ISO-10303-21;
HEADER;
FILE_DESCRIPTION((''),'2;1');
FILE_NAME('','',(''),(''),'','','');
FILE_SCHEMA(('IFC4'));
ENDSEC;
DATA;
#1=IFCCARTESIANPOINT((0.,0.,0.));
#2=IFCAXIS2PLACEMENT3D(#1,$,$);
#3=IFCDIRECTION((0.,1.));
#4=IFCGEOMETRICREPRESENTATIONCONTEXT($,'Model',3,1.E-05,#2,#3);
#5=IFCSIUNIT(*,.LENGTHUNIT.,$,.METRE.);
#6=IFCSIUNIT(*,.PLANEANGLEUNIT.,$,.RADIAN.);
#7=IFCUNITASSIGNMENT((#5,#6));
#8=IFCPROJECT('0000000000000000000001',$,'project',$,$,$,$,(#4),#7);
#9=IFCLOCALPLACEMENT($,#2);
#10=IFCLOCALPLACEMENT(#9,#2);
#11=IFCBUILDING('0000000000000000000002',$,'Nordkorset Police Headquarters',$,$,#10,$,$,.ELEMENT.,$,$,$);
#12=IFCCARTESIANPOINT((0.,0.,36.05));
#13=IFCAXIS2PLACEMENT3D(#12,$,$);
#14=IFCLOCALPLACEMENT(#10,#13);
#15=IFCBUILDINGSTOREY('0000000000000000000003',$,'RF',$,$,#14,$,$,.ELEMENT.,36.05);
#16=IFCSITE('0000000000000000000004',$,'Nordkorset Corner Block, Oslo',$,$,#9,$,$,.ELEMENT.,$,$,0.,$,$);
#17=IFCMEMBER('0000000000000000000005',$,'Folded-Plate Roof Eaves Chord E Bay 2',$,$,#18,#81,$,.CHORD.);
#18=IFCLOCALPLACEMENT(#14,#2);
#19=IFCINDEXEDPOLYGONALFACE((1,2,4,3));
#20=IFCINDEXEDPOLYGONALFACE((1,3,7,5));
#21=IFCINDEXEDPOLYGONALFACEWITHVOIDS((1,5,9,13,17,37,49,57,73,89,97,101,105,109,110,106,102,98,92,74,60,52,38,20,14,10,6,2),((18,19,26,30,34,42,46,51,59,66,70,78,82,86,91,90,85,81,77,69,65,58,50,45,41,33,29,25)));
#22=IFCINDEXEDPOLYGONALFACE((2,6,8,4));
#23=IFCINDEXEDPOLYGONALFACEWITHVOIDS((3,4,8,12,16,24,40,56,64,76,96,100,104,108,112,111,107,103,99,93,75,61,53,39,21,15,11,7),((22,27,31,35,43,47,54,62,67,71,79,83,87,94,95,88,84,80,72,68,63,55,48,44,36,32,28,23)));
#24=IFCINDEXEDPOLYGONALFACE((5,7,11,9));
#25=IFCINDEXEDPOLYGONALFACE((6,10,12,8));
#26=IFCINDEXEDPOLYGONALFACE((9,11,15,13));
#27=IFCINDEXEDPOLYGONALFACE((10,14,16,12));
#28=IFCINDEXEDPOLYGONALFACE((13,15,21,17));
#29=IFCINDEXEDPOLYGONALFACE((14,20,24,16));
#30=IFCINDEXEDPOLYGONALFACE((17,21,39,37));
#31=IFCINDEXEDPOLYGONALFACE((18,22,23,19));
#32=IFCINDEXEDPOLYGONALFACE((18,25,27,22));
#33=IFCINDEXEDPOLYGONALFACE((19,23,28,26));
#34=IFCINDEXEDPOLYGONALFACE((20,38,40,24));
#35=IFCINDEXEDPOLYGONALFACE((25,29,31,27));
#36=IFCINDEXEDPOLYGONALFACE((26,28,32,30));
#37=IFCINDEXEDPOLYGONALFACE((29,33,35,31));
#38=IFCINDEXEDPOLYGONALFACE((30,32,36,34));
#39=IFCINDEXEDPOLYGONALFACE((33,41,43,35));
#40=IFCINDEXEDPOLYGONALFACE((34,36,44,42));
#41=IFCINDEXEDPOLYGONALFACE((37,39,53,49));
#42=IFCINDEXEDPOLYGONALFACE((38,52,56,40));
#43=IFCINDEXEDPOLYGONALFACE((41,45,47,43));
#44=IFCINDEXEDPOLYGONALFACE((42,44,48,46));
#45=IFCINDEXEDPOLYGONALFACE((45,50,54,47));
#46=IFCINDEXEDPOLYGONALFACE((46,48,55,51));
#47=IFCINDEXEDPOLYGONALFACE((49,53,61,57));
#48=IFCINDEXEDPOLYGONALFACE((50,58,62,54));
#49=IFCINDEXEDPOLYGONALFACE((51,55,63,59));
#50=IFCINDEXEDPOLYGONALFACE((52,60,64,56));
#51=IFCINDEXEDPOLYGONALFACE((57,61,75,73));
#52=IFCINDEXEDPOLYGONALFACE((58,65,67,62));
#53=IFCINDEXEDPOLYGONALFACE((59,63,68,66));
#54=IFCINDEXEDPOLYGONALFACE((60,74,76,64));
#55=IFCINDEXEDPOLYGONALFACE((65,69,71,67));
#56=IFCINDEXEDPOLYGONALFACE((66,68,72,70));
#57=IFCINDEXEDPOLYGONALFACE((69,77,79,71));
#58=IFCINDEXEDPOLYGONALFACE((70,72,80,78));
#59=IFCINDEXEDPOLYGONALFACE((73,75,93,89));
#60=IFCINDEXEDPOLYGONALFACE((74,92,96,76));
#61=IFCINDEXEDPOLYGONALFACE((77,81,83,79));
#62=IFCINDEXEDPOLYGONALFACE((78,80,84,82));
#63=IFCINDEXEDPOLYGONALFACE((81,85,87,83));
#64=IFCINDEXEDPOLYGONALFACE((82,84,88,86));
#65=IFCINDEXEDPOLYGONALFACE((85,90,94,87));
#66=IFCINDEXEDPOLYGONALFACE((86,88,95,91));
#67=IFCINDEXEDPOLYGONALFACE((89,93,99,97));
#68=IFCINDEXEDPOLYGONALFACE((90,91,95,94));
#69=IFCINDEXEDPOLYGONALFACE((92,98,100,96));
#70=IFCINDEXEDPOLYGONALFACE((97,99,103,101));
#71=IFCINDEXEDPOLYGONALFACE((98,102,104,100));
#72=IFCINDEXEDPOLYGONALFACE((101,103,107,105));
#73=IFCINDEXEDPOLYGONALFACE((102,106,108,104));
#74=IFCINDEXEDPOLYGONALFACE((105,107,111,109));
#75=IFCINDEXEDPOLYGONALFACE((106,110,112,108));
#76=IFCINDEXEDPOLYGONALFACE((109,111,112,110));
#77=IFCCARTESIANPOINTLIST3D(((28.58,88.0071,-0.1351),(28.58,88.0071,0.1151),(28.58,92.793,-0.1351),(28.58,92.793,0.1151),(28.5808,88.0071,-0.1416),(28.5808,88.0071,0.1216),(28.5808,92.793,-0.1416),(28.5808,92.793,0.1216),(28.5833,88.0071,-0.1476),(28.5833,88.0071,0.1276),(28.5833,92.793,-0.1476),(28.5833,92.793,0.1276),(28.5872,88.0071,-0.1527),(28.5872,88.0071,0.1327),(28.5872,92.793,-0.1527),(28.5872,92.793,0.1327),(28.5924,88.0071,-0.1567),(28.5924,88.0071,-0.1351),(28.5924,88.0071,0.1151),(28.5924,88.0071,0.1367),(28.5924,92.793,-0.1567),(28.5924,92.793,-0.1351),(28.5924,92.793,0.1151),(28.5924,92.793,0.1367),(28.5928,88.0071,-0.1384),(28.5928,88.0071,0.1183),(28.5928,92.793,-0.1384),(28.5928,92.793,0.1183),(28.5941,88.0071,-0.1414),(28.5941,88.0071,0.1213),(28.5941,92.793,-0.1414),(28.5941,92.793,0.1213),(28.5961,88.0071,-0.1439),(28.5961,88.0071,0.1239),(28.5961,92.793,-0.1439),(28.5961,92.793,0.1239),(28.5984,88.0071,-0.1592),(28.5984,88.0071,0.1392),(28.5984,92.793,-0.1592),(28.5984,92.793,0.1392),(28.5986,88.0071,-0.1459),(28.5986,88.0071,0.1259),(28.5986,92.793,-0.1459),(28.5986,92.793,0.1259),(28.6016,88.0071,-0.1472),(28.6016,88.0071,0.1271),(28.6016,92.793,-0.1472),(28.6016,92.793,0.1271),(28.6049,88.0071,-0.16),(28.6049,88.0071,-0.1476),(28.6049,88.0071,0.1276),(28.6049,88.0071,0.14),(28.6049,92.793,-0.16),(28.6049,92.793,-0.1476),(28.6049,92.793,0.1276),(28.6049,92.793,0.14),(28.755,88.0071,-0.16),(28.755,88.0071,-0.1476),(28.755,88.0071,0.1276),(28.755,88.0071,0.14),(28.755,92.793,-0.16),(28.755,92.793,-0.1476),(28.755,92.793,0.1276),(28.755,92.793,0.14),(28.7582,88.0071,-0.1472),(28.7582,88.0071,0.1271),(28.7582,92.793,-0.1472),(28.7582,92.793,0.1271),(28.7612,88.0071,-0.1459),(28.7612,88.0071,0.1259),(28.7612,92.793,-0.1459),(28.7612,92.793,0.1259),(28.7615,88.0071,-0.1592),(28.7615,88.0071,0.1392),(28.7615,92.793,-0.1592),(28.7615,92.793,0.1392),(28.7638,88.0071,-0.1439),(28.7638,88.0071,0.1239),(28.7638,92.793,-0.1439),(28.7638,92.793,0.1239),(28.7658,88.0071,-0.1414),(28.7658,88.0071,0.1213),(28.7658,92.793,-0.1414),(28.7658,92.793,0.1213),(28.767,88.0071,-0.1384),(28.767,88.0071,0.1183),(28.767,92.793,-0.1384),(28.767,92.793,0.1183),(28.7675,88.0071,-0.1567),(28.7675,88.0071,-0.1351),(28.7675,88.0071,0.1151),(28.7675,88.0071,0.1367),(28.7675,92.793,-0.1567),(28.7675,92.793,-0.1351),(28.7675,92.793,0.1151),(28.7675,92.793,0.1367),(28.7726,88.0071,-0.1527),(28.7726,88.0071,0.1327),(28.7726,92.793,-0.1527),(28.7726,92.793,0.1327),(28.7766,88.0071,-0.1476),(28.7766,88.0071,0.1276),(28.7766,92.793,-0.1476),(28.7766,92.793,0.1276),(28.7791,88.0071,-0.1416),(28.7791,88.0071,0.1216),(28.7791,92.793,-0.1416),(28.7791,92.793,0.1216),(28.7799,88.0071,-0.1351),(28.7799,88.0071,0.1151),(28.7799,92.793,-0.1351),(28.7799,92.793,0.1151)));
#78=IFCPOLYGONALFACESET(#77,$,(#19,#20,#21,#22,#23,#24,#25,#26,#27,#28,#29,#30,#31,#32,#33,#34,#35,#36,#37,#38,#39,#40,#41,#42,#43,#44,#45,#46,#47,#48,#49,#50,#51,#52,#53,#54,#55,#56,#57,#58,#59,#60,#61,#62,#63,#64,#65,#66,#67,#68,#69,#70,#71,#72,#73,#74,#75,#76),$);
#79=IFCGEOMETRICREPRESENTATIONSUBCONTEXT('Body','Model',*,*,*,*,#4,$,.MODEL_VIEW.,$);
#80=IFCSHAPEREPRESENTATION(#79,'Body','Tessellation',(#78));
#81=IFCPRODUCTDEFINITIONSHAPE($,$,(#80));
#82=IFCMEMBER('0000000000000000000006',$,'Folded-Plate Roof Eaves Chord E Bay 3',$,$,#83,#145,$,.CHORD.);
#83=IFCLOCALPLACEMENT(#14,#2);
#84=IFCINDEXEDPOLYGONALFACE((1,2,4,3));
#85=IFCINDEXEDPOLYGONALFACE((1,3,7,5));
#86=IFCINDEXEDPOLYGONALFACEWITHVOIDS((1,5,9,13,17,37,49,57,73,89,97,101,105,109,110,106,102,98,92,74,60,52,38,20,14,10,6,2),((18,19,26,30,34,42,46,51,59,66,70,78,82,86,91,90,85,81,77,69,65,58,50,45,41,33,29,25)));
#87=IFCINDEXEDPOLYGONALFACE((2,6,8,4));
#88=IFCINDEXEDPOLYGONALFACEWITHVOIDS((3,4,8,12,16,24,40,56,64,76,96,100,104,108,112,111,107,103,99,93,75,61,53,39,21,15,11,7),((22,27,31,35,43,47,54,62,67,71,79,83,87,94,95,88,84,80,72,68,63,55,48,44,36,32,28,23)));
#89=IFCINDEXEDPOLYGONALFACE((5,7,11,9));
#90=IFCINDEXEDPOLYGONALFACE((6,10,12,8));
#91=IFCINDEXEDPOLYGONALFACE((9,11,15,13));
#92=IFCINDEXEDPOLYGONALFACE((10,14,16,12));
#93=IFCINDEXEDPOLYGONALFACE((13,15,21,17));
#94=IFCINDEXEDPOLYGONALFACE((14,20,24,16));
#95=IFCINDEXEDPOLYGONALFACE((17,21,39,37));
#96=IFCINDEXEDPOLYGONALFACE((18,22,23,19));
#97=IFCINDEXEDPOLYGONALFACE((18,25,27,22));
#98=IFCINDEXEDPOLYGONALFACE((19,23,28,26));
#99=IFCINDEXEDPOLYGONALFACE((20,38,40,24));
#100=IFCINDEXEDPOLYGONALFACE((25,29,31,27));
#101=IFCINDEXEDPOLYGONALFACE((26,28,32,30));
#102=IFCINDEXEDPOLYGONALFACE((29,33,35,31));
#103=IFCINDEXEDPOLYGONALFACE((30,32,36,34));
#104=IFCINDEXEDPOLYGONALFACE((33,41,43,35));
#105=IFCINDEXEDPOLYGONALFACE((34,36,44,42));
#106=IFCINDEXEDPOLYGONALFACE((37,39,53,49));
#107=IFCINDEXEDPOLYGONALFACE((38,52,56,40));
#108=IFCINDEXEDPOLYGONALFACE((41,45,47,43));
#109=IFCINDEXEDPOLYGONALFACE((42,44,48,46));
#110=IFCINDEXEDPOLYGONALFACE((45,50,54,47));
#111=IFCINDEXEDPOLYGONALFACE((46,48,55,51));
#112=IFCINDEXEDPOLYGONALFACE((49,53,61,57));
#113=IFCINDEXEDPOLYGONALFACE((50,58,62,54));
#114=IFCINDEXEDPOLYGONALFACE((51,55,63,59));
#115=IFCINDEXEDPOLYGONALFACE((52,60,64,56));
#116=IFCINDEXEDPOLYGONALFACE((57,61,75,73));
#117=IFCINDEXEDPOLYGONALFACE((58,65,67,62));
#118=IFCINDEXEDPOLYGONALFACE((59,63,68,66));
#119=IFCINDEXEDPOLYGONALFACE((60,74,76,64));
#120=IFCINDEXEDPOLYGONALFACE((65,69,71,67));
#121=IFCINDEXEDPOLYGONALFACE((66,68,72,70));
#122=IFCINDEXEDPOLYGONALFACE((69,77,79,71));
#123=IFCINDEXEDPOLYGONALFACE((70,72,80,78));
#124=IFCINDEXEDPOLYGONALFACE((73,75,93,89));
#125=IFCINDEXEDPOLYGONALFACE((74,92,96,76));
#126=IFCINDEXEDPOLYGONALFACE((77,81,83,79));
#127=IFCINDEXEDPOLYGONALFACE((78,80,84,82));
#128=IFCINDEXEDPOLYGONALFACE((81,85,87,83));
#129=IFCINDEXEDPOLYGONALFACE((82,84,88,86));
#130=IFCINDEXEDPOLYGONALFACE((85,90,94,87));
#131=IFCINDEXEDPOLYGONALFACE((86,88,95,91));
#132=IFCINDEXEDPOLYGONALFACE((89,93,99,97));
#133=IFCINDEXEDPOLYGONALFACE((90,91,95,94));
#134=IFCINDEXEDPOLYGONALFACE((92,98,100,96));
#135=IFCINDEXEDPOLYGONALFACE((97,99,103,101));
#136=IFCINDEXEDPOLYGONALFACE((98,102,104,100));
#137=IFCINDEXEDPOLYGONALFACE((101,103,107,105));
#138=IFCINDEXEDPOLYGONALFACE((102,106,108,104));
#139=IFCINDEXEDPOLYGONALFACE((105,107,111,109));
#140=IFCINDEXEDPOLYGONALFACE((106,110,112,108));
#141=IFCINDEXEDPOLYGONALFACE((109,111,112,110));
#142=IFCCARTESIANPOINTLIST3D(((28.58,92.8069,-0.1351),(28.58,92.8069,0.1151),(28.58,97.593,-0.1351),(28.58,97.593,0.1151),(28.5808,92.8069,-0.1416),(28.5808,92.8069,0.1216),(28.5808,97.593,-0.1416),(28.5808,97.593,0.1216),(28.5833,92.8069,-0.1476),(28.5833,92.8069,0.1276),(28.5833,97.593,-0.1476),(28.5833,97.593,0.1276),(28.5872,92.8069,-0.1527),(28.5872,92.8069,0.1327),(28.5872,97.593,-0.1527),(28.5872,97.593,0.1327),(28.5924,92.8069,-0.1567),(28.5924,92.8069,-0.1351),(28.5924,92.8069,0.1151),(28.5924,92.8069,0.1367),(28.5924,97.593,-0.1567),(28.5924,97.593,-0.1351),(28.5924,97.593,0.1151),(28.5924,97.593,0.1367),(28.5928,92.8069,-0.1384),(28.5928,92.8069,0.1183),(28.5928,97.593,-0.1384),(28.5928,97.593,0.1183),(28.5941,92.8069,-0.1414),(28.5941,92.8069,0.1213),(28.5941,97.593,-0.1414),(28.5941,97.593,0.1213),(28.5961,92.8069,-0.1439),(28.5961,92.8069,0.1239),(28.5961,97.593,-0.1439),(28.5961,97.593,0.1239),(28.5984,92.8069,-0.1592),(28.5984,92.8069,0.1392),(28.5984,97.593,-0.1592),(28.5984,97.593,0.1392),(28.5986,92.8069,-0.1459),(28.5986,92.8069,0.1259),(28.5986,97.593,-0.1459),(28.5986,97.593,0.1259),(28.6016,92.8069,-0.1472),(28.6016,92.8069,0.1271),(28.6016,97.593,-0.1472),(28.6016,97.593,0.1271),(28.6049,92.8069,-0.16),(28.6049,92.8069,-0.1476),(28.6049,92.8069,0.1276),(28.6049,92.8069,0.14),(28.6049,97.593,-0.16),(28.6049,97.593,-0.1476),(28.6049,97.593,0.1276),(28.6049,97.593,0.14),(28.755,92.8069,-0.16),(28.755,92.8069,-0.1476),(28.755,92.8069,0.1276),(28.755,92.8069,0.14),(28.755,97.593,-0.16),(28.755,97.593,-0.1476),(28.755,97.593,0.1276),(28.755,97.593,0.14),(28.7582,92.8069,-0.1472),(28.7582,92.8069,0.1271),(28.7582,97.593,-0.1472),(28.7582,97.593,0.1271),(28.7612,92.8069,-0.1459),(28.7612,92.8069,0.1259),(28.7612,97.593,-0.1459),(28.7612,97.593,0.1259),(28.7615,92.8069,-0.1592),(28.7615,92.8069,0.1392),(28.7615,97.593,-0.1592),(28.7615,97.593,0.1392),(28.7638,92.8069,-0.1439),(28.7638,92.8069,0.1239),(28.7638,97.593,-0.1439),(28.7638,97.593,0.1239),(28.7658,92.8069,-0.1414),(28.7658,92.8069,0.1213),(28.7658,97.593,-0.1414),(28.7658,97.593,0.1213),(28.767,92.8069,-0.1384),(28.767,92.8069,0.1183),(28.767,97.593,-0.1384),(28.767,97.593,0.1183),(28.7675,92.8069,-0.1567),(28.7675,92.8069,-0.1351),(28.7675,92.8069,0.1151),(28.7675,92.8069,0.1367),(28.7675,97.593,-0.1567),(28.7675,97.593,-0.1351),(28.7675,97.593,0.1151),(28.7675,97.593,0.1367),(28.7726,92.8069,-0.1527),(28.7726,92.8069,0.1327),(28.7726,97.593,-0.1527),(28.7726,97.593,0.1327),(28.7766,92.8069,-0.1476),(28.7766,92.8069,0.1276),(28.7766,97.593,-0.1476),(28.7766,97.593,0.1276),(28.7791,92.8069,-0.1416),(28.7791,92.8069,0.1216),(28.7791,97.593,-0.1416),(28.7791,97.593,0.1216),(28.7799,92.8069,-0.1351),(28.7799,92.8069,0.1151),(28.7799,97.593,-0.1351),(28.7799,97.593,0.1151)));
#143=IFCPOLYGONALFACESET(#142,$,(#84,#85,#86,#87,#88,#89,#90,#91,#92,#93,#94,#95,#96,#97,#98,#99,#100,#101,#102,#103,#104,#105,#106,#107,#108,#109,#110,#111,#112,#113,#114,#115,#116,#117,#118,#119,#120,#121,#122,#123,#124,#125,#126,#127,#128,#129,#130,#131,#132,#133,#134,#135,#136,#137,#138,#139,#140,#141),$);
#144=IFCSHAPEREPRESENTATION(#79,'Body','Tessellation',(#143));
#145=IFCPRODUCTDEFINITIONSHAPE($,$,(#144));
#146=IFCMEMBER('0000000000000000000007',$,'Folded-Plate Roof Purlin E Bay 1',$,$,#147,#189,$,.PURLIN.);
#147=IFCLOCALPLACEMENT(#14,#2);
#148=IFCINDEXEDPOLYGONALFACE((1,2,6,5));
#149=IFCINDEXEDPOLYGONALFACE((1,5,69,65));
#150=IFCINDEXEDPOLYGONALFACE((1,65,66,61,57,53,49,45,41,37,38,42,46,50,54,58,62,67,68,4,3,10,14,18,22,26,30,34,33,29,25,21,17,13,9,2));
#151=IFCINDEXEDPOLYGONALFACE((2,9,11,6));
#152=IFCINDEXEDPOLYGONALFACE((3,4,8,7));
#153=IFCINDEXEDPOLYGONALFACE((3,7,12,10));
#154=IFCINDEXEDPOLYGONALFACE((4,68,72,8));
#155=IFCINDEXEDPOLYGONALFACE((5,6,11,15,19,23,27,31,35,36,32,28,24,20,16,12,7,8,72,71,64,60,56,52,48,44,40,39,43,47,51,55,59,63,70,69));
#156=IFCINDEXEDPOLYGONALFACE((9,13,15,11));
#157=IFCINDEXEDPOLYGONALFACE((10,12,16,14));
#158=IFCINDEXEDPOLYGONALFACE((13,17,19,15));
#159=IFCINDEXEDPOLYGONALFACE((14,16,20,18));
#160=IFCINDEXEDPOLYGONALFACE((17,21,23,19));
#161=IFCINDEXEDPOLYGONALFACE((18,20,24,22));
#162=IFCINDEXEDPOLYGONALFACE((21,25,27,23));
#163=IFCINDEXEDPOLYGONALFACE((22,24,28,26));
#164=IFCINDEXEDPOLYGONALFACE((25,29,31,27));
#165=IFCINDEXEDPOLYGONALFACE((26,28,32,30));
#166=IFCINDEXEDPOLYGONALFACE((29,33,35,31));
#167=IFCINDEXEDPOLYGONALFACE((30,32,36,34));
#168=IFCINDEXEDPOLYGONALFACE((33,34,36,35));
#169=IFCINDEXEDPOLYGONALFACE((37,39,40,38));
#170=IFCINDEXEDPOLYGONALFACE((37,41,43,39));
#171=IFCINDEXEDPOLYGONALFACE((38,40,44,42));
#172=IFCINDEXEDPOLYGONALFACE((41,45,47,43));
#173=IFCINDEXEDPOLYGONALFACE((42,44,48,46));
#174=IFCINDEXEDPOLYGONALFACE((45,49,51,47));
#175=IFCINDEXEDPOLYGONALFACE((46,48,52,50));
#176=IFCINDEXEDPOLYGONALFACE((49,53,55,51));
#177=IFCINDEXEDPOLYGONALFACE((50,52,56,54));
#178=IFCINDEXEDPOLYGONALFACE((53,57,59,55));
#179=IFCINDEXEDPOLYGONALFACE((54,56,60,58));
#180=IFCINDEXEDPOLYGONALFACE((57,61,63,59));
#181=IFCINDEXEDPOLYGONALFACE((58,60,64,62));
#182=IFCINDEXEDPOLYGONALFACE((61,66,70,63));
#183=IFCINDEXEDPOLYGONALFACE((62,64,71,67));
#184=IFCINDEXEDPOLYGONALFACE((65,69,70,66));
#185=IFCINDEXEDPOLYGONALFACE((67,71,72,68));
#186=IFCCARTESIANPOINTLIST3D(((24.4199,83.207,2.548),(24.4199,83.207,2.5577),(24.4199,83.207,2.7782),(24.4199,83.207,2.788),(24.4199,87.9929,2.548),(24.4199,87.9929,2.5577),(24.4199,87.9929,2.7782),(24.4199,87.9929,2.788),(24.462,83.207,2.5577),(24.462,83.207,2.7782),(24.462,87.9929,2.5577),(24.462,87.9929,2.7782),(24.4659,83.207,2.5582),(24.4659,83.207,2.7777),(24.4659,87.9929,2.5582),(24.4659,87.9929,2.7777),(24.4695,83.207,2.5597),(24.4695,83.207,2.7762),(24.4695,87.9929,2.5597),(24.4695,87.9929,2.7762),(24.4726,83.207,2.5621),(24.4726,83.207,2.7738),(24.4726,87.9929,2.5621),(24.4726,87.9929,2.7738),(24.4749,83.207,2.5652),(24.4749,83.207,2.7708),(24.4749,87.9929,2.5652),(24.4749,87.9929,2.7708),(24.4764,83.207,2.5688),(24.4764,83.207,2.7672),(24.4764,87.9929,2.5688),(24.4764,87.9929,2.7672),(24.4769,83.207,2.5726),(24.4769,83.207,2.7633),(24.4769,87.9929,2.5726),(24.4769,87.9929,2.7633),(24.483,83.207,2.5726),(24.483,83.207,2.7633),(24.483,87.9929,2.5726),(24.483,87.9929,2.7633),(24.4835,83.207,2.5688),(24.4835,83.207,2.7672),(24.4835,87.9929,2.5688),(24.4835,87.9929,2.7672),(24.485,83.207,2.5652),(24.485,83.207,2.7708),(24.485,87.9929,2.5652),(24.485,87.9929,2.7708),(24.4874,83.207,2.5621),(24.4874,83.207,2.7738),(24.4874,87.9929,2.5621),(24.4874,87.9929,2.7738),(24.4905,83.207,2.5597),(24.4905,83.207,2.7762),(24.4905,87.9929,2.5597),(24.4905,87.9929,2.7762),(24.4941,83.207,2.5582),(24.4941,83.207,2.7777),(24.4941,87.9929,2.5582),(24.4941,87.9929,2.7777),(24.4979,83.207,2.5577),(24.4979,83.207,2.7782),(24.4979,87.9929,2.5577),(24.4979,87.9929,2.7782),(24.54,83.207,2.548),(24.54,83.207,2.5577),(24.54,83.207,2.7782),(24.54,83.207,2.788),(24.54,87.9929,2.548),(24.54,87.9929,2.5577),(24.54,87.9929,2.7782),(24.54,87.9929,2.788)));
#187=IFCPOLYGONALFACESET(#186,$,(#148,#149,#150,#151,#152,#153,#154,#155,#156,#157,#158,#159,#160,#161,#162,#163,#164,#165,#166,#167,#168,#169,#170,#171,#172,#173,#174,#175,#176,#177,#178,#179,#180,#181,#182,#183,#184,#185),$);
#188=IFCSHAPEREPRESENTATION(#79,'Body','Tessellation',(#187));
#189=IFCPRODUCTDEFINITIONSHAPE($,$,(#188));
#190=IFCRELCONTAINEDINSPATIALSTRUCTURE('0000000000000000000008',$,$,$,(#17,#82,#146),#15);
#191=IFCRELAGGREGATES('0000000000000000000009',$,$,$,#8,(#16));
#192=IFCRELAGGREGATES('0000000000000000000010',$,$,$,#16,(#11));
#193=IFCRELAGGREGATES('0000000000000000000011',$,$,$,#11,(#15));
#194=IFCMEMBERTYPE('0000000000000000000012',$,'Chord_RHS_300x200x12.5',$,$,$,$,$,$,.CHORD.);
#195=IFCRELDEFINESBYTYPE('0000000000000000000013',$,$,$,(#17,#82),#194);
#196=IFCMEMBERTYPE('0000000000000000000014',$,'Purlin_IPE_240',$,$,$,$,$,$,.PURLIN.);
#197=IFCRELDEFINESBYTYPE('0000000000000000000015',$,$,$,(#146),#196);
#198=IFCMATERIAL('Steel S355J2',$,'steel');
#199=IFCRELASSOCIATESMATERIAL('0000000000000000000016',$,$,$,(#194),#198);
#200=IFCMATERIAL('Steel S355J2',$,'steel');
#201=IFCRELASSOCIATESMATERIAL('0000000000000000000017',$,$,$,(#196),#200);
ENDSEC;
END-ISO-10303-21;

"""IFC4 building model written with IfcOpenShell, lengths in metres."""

from ifc_helpers import new_model, si_unit, direction, frame, origin, origin_2d, place, context, subcontext, project, spatial, hollow_rectangle, i_section, extrude, material, material_profile, profile_set, type_object, element, save


model = new_model("IFC4")

# Units and contexts
model_context = context("Model", 3, precision=1e-05, world=origin(), true_north=direction((0.0, 1.0)))
body_context = subcontext(model_context, "Body", "Model", "MODEL_VIEW")
ifc_project = project(units=[si_unit("LENGTHUNIT", "METRE"), si_unit("PLANEANGLEUNIT", "RADIAN")], contexts=[model_context])

# Site, building, storey
site_placement = place(None, origin())
site = spatial("IfcSite", under=ifc_project, at=site_placement, Name="Nordkorset Corner Block, Oslo", CompositionType="ELEMENT", RefElevation=0.0)
building_placement = place(site_placement, origin())
building = spatial("IfcBuilding", under=site, at=building_placement, Name="Nordkorset Police Headquarters", CompositionType="ELEMENT")
storey_placement = place(building_placement, frame((0.0, 0.0, 36.05)))
storey = spatial("IfcBuildingStorey", under=building, at=storey_placement, Name="RF", CompositionType="ELEMENT", Elevation=36.05)

# Members
ifc_material_1 = material(Name="Steel S355J2", Category="steel")
ifc_material_profile_1 = material_profile(ifc_material_1, hollow_rectangle(XDim=0.2, YDim=0.3, WallThickness=0.0125, InnerFilletRadius=0.0125, OuterFilletRadius=0.0249, at=origin_2d()), Name="RHS 300x200x12.5")
ifc_profile_set_1 = profile_set([ifc_material_profile_1], Name="Steel S355J2")
member_type_1 = type_object("IfcMemberType", Name="Chord_RHS_300x200x12.5", PredefinedType="CHORD", material=ifc_profile_set_1)
for number, where, z_axis, x_axis, name in (
    (1, (28.6799, 88.0071, -0.01), (0.0, 1.0, 0.0), (-1.0, 0.0, 0.0), "Folded-Plate Roof Eaves Chord E Bay 2"),
):
    element("IfcMember", number, at=place(storey_placement, frame(where, z_axis=z_axis, x_axis=x_axis)), inside=storey, type_object=member_type_1, Name=name, PredefinedType="CHORD", context=body_context, shape_type="SweptSolid", body=[
        extrude(hollow_rectangle(XDim=0.2, YDim=0.3, WallThickness=0.0125, InnerFilletRadius=0.0125, OuterFilletRadius=0.0249, at=origin_2d()), origin(), (0.0, 0.0, 1.0), 4.7859),
    ])
member_1_placement = place(storey_placement, frame((28.6799, 92.8069, -0.01), z_axis=(0.0, 1.0, 0.0), x_axis=(-1.0, 0.0, 0.0)))
element("IfcMember", 2, at=member_1_placement, inside=storey, type_object=member_type_1, Name="Folded-Plate Roof Eaves Chord E Bay 3", PredefinedType="CHORD", context=body_context, shape_type="SweptSolid", body=[
    extrude(hollow_rectangle(XDim=0.2, YDim=0.3, WallThickness=0.0125, InnerFilletRadius=0.0125, OuterFilletRadius=0.0249, at=origin_2d()), origin(), (0.0, 0.0, 1.0), 4.7861),
])
ifc_material_2 = material(Name="Steel S355J2", Category="steel")
ifc_material_profile_2 = material_profile(ifc_material_2, i_section(OverallWidth=0.1201, OverallDepth=0.24, WebThickness=0.0061, FlangeThickness=0.0098, FilletRadius=0.0149, at=origin_2d()), Name="IPE 240")
ifc_profile_set_2 = profile_set([ifc_material_profile_2], Name="Steel S355J2")
member_type_2 = type_object("IfcMemberType", Name="Purlin_IPE_240", PredefinedType="PURLIN", material=ifc_profile_set_2)
for number, where, z_axis, x_axis, name in (
    (3, (24.48, 83.207, 2.668), (0.0, 1.0, 0.0), (-1.0, 0.0, 0.0), "Folded-Plate Roof Purlin E Bay 1"),
):
    element("IfcMember", number, at=place(storey_placement, frame(where, z_axis=z_axis, x_axis=x_axis)), inside=storey, type_object=member_type_2, Name=name, PredefinedType="PURLIN", context=body_context, shape_type="SweptSolid", body=[
        extrude(i_section(OverallWidth=0.1201, OverallDepth=0.24, WebThickness=0.0061, FlangeThickness=0.0098, FilletRadius=0.0149, at=origin_2d()), origin(), (0.0, 0.0, 1.0), 4.7859),
    ])

save(model, "model.ifc")
